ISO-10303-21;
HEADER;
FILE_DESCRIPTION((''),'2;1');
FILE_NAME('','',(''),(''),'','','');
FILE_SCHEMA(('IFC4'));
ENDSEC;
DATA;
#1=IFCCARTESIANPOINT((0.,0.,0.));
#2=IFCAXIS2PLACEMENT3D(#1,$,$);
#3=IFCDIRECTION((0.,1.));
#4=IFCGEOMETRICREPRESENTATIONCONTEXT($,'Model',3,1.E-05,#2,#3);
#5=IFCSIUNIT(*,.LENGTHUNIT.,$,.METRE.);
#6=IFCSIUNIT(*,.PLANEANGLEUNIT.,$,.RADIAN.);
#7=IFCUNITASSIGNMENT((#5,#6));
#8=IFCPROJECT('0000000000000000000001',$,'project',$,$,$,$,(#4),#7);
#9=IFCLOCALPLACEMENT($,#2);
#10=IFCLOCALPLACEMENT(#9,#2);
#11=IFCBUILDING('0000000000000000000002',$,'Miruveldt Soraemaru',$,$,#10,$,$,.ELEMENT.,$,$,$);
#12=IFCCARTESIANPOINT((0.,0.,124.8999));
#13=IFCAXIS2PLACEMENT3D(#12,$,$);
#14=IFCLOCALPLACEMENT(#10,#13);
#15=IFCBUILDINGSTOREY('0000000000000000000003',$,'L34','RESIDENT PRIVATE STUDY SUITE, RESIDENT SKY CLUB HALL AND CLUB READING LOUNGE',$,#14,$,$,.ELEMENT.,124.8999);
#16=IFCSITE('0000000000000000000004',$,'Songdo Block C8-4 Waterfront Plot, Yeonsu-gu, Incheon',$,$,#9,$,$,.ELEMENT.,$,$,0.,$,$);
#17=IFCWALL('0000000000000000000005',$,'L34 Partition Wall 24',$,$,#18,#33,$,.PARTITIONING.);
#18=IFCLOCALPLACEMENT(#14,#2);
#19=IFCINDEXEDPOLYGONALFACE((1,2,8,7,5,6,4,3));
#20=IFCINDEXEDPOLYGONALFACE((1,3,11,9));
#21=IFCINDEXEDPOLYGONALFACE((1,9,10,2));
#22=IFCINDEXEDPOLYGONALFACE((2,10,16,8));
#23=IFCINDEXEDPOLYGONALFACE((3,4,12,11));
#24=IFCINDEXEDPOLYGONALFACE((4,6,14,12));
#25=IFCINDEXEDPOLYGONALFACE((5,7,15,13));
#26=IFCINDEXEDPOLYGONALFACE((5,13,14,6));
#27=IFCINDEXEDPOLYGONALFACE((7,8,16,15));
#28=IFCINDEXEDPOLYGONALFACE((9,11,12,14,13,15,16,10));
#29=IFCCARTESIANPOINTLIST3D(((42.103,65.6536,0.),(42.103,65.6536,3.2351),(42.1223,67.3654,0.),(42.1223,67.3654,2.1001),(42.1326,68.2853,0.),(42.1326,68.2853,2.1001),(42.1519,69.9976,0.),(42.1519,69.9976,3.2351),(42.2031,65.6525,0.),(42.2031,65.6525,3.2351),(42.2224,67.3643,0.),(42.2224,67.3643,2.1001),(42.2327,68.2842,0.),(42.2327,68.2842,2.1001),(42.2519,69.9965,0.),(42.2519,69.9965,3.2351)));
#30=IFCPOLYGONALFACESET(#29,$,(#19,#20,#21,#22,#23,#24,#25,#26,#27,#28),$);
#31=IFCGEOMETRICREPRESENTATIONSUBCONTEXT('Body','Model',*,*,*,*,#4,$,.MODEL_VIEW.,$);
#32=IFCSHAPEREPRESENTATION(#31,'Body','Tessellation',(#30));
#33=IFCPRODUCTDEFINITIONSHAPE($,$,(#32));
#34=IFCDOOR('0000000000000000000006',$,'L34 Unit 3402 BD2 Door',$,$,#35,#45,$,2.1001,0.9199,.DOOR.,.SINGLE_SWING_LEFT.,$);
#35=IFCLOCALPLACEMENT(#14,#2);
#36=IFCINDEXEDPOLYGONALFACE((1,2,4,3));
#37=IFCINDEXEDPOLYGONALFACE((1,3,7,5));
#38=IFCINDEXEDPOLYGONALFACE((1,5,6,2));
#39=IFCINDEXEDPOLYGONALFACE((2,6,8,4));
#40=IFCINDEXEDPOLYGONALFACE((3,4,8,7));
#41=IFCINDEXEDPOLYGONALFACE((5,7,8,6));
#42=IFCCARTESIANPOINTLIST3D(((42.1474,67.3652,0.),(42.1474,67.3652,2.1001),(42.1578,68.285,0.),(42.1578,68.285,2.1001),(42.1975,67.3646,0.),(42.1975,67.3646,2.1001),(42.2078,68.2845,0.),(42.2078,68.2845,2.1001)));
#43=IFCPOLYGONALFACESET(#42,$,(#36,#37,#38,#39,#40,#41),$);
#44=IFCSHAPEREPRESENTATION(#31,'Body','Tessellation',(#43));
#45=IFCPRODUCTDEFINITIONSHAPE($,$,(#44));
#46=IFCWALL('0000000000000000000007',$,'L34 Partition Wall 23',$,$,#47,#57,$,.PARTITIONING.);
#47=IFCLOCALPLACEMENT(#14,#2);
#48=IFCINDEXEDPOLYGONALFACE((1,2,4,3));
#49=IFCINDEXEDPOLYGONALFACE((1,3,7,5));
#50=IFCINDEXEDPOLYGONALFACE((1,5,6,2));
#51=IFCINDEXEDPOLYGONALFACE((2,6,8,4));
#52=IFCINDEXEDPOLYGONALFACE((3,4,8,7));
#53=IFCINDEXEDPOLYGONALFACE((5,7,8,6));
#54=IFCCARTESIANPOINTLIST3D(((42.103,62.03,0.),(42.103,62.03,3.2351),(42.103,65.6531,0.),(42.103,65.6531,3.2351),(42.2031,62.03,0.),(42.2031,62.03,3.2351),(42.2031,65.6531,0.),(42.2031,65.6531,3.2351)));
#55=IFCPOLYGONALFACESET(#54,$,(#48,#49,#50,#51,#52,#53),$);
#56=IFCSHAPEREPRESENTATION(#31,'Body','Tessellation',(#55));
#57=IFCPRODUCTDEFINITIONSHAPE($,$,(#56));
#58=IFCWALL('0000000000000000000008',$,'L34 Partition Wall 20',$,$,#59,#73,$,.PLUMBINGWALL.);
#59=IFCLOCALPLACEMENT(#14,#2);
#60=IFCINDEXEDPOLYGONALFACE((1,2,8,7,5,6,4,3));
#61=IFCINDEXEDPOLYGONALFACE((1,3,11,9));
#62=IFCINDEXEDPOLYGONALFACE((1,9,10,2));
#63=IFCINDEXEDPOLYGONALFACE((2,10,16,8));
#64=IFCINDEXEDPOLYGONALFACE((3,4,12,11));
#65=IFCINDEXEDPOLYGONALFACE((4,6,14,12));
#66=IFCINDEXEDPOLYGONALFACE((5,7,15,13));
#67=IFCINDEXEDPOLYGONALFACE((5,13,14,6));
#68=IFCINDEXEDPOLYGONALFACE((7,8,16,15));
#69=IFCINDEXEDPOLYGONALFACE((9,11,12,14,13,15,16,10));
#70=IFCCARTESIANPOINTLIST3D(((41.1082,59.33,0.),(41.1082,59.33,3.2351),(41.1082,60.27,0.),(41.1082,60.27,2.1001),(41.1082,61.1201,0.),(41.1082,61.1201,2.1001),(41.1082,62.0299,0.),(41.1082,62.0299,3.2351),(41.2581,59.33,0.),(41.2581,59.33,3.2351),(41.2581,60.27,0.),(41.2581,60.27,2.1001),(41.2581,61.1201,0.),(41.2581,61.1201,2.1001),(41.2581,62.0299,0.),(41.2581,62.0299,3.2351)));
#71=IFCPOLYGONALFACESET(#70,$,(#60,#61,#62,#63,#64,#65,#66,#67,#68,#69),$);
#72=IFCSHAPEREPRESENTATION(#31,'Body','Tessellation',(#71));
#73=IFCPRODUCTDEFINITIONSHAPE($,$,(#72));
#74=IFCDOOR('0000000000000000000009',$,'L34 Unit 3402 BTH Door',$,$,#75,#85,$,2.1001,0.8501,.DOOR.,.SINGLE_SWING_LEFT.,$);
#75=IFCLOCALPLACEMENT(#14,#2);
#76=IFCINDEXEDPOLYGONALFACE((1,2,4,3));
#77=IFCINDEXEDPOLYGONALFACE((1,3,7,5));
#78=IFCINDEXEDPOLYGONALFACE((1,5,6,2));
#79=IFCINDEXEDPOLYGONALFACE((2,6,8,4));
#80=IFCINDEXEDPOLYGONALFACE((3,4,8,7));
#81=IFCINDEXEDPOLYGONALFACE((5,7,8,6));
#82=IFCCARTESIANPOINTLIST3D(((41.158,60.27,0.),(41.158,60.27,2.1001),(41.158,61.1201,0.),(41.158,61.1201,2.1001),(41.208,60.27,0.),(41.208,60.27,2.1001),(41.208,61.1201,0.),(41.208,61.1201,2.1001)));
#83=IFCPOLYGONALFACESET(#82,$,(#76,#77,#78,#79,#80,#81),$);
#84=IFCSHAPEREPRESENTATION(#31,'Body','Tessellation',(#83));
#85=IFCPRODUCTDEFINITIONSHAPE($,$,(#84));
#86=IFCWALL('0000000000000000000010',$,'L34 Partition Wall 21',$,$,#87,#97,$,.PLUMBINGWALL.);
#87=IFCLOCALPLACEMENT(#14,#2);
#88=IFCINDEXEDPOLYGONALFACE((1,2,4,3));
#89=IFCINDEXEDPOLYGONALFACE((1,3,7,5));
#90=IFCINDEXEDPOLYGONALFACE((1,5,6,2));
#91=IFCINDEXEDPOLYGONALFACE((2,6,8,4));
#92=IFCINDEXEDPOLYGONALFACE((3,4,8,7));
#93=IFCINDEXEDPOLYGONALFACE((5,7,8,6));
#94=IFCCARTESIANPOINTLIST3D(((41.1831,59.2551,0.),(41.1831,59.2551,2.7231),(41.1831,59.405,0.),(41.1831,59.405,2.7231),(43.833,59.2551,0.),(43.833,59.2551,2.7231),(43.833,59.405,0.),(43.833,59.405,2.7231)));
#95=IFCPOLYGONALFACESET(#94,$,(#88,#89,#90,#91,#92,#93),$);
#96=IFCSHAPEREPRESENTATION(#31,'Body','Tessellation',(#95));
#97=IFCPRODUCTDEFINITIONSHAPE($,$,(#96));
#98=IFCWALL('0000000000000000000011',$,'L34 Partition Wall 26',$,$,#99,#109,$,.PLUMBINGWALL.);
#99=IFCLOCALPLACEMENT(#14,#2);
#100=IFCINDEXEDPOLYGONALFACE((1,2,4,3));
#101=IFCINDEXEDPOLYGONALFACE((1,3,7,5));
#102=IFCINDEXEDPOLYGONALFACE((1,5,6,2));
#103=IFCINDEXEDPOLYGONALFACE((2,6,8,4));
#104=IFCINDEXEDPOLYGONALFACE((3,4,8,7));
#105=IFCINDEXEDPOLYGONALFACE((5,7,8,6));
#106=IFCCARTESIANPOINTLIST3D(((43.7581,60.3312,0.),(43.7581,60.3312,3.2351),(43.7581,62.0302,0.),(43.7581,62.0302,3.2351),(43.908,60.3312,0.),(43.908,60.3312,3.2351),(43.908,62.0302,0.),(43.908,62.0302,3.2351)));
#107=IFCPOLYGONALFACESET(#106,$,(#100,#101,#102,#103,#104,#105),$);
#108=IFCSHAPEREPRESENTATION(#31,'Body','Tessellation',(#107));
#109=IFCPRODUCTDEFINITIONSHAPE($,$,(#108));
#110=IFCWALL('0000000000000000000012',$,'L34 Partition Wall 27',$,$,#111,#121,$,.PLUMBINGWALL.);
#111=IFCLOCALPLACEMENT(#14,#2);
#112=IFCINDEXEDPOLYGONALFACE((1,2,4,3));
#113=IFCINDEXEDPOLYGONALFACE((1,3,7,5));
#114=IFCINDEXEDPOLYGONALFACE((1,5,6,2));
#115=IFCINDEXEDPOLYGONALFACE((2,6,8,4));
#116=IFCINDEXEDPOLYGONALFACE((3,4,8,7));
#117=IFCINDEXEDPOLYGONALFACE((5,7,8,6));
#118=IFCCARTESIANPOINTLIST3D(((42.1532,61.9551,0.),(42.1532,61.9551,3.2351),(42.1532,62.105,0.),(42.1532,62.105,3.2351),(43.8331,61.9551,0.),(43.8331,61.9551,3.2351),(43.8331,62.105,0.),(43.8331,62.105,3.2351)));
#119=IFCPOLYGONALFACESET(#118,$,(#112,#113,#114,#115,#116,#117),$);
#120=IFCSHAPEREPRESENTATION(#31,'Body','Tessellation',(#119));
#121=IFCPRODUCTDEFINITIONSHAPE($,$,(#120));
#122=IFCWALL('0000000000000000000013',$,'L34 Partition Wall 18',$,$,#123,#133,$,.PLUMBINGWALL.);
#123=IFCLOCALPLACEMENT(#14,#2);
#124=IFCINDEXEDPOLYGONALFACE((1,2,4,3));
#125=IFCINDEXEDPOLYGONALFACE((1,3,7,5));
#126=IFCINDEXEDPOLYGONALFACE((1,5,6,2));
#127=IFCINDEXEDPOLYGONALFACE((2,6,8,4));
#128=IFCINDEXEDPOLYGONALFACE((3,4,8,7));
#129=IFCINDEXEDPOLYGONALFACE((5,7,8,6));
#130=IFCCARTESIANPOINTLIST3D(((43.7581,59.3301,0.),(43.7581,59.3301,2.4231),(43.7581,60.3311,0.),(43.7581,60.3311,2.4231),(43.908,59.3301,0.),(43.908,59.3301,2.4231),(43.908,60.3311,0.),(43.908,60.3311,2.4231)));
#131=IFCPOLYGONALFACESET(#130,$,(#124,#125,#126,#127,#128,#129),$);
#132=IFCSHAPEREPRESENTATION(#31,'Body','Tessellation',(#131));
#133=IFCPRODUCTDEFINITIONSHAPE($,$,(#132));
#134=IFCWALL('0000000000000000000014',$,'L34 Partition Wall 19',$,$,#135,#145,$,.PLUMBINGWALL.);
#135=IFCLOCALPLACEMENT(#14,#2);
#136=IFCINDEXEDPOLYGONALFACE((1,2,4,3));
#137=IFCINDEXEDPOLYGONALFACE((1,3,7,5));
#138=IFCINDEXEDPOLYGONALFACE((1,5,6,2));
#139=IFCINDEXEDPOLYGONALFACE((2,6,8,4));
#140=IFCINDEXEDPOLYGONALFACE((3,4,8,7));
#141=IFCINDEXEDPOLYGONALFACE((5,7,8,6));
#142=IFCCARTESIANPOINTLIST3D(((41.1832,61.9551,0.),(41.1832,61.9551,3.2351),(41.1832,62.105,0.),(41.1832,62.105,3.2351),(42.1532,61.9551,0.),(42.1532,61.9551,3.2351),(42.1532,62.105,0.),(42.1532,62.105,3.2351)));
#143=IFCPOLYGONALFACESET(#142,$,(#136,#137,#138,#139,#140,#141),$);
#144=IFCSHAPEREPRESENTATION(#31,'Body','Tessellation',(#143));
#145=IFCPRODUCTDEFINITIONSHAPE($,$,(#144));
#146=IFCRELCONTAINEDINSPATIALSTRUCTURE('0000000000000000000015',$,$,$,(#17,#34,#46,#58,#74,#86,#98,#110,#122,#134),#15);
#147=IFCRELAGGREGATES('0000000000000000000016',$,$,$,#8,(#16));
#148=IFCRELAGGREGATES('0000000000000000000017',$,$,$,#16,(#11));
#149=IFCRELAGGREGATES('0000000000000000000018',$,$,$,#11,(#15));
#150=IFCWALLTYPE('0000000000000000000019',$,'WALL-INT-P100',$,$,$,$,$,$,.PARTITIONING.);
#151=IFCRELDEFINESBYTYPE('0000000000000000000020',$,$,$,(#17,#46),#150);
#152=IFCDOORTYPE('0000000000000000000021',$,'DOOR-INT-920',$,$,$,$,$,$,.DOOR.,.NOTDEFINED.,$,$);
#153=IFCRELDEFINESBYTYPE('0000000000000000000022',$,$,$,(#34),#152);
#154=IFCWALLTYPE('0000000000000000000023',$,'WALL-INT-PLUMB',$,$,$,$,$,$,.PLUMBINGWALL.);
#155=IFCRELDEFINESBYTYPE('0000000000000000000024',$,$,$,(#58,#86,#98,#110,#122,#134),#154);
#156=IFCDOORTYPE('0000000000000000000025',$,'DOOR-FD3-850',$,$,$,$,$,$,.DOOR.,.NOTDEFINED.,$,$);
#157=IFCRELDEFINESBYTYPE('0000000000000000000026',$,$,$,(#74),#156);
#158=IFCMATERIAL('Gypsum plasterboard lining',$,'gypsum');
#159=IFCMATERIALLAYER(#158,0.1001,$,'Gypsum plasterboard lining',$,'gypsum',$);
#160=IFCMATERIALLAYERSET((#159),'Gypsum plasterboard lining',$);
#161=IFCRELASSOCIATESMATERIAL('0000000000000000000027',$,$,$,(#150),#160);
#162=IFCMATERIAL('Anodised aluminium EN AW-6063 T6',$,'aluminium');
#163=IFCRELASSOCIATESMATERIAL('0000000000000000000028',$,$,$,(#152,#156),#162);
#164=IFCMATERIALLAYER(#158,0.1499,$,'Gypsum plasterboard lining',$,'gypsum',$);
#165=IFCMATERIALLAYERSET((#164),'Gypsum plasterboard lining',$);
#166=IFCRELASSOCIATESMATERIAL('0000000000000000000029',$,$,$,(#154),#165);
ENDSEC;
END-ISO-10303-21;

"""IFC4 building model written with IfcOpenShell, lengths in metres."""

from ifc_helpers import new_model, si_unit, direction, frame, frame_2d, origin, place, context, subcontext, project, spatial, rectangle, extrude, material, layer, layer_set, type_object, element, fill, save


model = new_model("IFC4")

# Units and contexts
model_context = context("Model", 3, precision=1e-05, world=origin(), true_north=direction((0.0, 1.0)))
body_context = subcontext(model_context, "Body", "Model", "MODEL_VIEW")
ifc_project = project(units=[si_unit("LENGTHUNIT", "METRE"), si_unit("PLANEANGLEUNIT", "RADIAN")], contexts=[model_context])

# Site, building, storey
site_placement = place(None, origin())
site = spatial("IfcSite", under=ifc_project, at=site_placement, Name="Songdo Block C8-4 Waterfront Plot, Yeonsu-gu, Incheon", CompositionType="ELEMENT", RefElevation=0.0)
building_placement = place(site_placement, origin())
building = spatial("IfcBuilding", under=site, at=building_placement, Name="Miruveldt Soraemaru", CompositionType="ELEMENT")
storey_placement = place(building_placement, frame((0.0, 0.0, 124.8999)))
storey = spatial("IfcBuildingStorey", under=building, at=storey_placement, Name="L34", Description="RESIDENT PRIVATE STUDY SUITE, RESIDENT SKY CLUB HALL AND CLUB READING LOUNGE", CompositionType="ELEMENT", Elevation=124.8999)

# Shared definitions
ifc_material_1 = material(Name="Anodised aluminium EN AW-6063 T6", Category="aluminium")

# Wall, opening, door
ifc_material_2 = material(Name="Gypsum plasterboard lining", Category="gypsum")
ifc_layer_1 = layer(ifc_material_2, 0.1001, Name="Gypsum plasterboard lining", Category="gypsum")
ifc_layer_set_1 = layer_set([ifc_layer_1], Name="Gypsum plasterboard lining")
wall_type_1 = type_object("IfcWallType", Name="WALL-INT-P100", PredefinedType="PARTITIONING", material=ifc_layer_set_1)
wall_1_placement = place(storey_placement, frame((42.1531, 65.6531, 0.0), z_axis=(0.0, 0.0, 1.0), x_axis=(0.01124, 0.999937, 0.0)))
wall_1 = element("IfcWall", 1, at=wall_1_placement, inside=storey, type_object=wall_type_1, Name="L34 Partition Wall 24", PredefinedType="PARTITIONING", context=body_context, shape_type="SweptSolid", body=[
    extrude(rectangle(XDim=4.3442, YDim=0.1001, at=frame_2d((2.1721, 0.0))), origin(), (0.0, 0.0, 1.0), 3.2351),
])
opening_1_placement = place(wall_1_placement, frame((1.7119, 0.0, 0.0)))
opening_1 = element("IfcOpeningElement", 2, at=opening_1_placement, cuts=wall_1, PredefinedType="OPENING", context=body_context, shape_type="SweptSolid", body=[
    extrude(rectangle(XDim=0.9199, YDim=2.1001, at=frame_2d((0.46, 1.05))), frame((0.0, 0.0601, 0.0), z_axis=(0.0, -1.0, 0.0), x_axis=(1.0, 0.0, 0.0)), (0.0, 0.0, 1.0), 0.1201),
])
door_type_1 = type_object("IfcDoorType", Name="DOOR-INT-920", OperationType="NOTDEFINED", PredefinedType="DOOR", material=ifc_material_1)
door_1_placement = place(opening_1_placement, origin())
door_1 = element("IfcDoor", 3, at=door_1_placement, inside=storey, type_object=door_type_1, Name="L34 Unit 3402 BD2 Door", OperationType="SINGLE_SWING_LEFT", OverallHeight=2.1001, OverallWidth=0.9199, PredefinedType="DOOR", context=body_context, shape_type="SweptSolid", body=[
    extrude(rectangle(XDim=0.9199, YDim=2.1001, at=frame_2d((0.46, 1.05))), frame((0.0, 0.0249, 0.0), z_axis=(0.0, -1.0, 0.0), x_axis=(1.0, 0.0, 0.0)), (0.0, 0.0, 1.0), 0.05),
])
fill(opening_1, door_1)

# Wall
wall_2_placement = place(storey_placement, frame((42.1531, 62.03, 0.0), z_axis=(0.0, 0.0, 1.0), x_axis=(0.0, 1.0, 0.0)))
element("IfcWall", 4, at=wall_2_placement, inside=storey, type_object=wall_type_1, Name="L34 Partition Wall 23", PredefinedType="PARTITIONING", context=body_context, shape_type="SweptSolid", body=[
    extrude(rectangle(XDim=3.623, YDim=0.1001, at=frame_2d((1.8115, 0.0))), origin(), (0.0, 0.0, 1.0), 3.2351),
])

# Wall, opening, door
ifc_layer_2 = layer(ifc_material_2, 0.1499, Name="Gypsum plasterboard lining", Category="gypsum")
ifc_layer_set_2 = layer_set([ifc_layer_2], Name="Gypsum plasterboard lining")
wall_type_2 = type_object("IfcWallType", Name="WALL-INT-PLUMB", PredefinedType="PLUMBINGWALL", material=ifc_layer_set_2)
wall_3_placement = place(storey_placement, frame((41.1831, 62.03, 0.0), z_axis=(0.0, 0.0, 1.0), x_axis=(0.0, -1.0, 0.0)))
wall_3 = element("IfcWall", 5, at=wall_3_placement, inside=storey, type_object=wall_type_2, Name="L34 Partition Wall 20", PredefinedType="PLUMBINGWALL", context=body_context, shape_type="SweptSolid", body=[
    extrude(rectangle(XDim=2.7, YDim=0.1499, at=frame_2d((1.3501, 0.0))), origin(), (0.0, 0.0, 1.0), 3.2351),
])
opening_2_placement = place(wall_3_placement, frame((0.9099, 0.0, 0.0)))
opening_2 = element("IfcOpeningElement", 6, at=opening_2_placement, cuts=wall_3, PredefinedType="OPENING", context=body_context, shape_type="SweptSolid", body=[
    extrude(rectangle(XDim=0.8501, YDim=2.1001, at=frame_2d((0.425, 1.05))), frame((0.0, 0.085, 0.0), z_axis=(0.0, -1.0, 0.0), x_axis=(1.0, 0.0, 0.0)), (0.0, 0.0, 1.0), 0.1699),
])
door_type_2 = type_object("IfcDoorType", Name="DOOR-FD3-850", OperationType="NOTDEFINED", PredefinedType="DOOR", material=ifc_material_1)
door_2_placement = place(opening_2_placement, origin())
door_2 = element("IfcDoor", 7, at=door_2_placement, inside=storey, type_object=door_type_2, Name="L34 Unit 3402 BTH Door", OperationType="SINGLE_SWING_LEFT", OverallHeight=2.1001, OverallWidth=0.8501, PredefinedType="DOOR", context=body_context, shape_type="SweptSolid", body=[
    extrude(rectangle(XDim=0.8501, YDim=2.1001, at=frame_2d((0.425, 1.05))), frame((0.0, 0.0249, 0.0), z_axis=(0.0, -1.0, 0.0), x_axis=(1.0, 0.0, 0.0)), (0.0, 0.0, 1.0), 0.05),
])
fill(opening_2, door_2)

# Walls
wall_4_placement = place(storey_placement, frame((41.1831, 59.3301, 0.0), z_axis=(0.0, 0.0, 1.0), x_axis=(1.0, 0.0, 0.0)))
element("IfcWall", 8, at=wall_4_placement, inside=storey, type_object=wall_type_2, Name="L34 Partition Wall 21", PredefinedType="PLUMBINGWALL", context=body_context, shape_type="SweptSolid", body=[
    extrude(rectangle(XDim=2.6499, YDim=0.1499, at=frame_2d((1.325, 0.0))), origin(), (0.0, 0.0, 1.0), 2.7231),
])
wall_5_placement = place(storey_placement, frame((43.833, 60.3311, 0.0), z_axis=(0.0, 0.0, 1.0), x_axis=(0.0, 1.0, 0.0)))
element("IfcWall", 9, at=wall_5_placement, inside=storey, type_object=wall_type_2, Name="L34 Partition Wall 26", PredefinedType="PLUMBINGWALL", context=body_context, shape_type="SweptSolid", body=[
    extrude(rectangle(XDim=1.699, YDim=0.1499, at=frame_2d((0.8496, 0.0))), origin(), (0.0, 0.0, 1.0), 3.2351),
])
wall_6_placement = place(storey_placement, frame((43.833, 62.03, 0.0), z_axis=(0.0, 0.0, 1.0), x_axis=(-1.0, 0.0, 0.0)))
element("IfcWall", 10, at=wall_6_placement, inside=storey, type_object=wall_type_2, Name="L34 Partition Wall 27", PredefinedType="PLUMBINGWALL", context=body_context, shape_type="SweptSolid", body=[
    extrude(rectangle(XDim=1.6799, YDim=0.1499, at=frame_2d((0.8398, 0.0))), origin(), (0.0, 0.0, 1.0), 3.2351),
])
wall_7_placement = place(storey_placement, frame((43.833, 59.3301, 0.0), z_axis=(0.0, 0.0, 1.0), x_axis=(0.0, 1.0, 0.0)))
element("IfcWall", 11, at=wall_7_placement, inside=storey, type_object=wall_type_2, Name="L34 Partition Wall 18", PredefinedType="PLUMBINGWALL", context=body_context, shape_type="SweptSolid", body=[
    extrude(rectangle(XDim=1.001, YDim=0.1499, at=frame_2d((0.5005, 0.0))), origin(), (0.0, 0.0, 1.0), 2.4231),
])
wall_8_placement = place(storey_placement, frame((42.1531, 62.03, 0.0), z_axis=(0.0, 0.0, 1.0), x_axis=(-1.0, 0.0, 0.0)))
element("IfcWall", 12, at=wall_8_placement, inside=storey, type_object=wall_type_2, Name="L34 Partition Wall 19", PredefinedType="PLUMBINGWALL", context=body_context, shape_type="SweptSolid", body=[
    extrude(rectangle(XDim=0.97, YDim=0.1499, at=frame_2d((0.4849, 0.0))), origin(), (0.0, 0.0, 1.0), 3.2351),
])

save(model, "model.ifc")
